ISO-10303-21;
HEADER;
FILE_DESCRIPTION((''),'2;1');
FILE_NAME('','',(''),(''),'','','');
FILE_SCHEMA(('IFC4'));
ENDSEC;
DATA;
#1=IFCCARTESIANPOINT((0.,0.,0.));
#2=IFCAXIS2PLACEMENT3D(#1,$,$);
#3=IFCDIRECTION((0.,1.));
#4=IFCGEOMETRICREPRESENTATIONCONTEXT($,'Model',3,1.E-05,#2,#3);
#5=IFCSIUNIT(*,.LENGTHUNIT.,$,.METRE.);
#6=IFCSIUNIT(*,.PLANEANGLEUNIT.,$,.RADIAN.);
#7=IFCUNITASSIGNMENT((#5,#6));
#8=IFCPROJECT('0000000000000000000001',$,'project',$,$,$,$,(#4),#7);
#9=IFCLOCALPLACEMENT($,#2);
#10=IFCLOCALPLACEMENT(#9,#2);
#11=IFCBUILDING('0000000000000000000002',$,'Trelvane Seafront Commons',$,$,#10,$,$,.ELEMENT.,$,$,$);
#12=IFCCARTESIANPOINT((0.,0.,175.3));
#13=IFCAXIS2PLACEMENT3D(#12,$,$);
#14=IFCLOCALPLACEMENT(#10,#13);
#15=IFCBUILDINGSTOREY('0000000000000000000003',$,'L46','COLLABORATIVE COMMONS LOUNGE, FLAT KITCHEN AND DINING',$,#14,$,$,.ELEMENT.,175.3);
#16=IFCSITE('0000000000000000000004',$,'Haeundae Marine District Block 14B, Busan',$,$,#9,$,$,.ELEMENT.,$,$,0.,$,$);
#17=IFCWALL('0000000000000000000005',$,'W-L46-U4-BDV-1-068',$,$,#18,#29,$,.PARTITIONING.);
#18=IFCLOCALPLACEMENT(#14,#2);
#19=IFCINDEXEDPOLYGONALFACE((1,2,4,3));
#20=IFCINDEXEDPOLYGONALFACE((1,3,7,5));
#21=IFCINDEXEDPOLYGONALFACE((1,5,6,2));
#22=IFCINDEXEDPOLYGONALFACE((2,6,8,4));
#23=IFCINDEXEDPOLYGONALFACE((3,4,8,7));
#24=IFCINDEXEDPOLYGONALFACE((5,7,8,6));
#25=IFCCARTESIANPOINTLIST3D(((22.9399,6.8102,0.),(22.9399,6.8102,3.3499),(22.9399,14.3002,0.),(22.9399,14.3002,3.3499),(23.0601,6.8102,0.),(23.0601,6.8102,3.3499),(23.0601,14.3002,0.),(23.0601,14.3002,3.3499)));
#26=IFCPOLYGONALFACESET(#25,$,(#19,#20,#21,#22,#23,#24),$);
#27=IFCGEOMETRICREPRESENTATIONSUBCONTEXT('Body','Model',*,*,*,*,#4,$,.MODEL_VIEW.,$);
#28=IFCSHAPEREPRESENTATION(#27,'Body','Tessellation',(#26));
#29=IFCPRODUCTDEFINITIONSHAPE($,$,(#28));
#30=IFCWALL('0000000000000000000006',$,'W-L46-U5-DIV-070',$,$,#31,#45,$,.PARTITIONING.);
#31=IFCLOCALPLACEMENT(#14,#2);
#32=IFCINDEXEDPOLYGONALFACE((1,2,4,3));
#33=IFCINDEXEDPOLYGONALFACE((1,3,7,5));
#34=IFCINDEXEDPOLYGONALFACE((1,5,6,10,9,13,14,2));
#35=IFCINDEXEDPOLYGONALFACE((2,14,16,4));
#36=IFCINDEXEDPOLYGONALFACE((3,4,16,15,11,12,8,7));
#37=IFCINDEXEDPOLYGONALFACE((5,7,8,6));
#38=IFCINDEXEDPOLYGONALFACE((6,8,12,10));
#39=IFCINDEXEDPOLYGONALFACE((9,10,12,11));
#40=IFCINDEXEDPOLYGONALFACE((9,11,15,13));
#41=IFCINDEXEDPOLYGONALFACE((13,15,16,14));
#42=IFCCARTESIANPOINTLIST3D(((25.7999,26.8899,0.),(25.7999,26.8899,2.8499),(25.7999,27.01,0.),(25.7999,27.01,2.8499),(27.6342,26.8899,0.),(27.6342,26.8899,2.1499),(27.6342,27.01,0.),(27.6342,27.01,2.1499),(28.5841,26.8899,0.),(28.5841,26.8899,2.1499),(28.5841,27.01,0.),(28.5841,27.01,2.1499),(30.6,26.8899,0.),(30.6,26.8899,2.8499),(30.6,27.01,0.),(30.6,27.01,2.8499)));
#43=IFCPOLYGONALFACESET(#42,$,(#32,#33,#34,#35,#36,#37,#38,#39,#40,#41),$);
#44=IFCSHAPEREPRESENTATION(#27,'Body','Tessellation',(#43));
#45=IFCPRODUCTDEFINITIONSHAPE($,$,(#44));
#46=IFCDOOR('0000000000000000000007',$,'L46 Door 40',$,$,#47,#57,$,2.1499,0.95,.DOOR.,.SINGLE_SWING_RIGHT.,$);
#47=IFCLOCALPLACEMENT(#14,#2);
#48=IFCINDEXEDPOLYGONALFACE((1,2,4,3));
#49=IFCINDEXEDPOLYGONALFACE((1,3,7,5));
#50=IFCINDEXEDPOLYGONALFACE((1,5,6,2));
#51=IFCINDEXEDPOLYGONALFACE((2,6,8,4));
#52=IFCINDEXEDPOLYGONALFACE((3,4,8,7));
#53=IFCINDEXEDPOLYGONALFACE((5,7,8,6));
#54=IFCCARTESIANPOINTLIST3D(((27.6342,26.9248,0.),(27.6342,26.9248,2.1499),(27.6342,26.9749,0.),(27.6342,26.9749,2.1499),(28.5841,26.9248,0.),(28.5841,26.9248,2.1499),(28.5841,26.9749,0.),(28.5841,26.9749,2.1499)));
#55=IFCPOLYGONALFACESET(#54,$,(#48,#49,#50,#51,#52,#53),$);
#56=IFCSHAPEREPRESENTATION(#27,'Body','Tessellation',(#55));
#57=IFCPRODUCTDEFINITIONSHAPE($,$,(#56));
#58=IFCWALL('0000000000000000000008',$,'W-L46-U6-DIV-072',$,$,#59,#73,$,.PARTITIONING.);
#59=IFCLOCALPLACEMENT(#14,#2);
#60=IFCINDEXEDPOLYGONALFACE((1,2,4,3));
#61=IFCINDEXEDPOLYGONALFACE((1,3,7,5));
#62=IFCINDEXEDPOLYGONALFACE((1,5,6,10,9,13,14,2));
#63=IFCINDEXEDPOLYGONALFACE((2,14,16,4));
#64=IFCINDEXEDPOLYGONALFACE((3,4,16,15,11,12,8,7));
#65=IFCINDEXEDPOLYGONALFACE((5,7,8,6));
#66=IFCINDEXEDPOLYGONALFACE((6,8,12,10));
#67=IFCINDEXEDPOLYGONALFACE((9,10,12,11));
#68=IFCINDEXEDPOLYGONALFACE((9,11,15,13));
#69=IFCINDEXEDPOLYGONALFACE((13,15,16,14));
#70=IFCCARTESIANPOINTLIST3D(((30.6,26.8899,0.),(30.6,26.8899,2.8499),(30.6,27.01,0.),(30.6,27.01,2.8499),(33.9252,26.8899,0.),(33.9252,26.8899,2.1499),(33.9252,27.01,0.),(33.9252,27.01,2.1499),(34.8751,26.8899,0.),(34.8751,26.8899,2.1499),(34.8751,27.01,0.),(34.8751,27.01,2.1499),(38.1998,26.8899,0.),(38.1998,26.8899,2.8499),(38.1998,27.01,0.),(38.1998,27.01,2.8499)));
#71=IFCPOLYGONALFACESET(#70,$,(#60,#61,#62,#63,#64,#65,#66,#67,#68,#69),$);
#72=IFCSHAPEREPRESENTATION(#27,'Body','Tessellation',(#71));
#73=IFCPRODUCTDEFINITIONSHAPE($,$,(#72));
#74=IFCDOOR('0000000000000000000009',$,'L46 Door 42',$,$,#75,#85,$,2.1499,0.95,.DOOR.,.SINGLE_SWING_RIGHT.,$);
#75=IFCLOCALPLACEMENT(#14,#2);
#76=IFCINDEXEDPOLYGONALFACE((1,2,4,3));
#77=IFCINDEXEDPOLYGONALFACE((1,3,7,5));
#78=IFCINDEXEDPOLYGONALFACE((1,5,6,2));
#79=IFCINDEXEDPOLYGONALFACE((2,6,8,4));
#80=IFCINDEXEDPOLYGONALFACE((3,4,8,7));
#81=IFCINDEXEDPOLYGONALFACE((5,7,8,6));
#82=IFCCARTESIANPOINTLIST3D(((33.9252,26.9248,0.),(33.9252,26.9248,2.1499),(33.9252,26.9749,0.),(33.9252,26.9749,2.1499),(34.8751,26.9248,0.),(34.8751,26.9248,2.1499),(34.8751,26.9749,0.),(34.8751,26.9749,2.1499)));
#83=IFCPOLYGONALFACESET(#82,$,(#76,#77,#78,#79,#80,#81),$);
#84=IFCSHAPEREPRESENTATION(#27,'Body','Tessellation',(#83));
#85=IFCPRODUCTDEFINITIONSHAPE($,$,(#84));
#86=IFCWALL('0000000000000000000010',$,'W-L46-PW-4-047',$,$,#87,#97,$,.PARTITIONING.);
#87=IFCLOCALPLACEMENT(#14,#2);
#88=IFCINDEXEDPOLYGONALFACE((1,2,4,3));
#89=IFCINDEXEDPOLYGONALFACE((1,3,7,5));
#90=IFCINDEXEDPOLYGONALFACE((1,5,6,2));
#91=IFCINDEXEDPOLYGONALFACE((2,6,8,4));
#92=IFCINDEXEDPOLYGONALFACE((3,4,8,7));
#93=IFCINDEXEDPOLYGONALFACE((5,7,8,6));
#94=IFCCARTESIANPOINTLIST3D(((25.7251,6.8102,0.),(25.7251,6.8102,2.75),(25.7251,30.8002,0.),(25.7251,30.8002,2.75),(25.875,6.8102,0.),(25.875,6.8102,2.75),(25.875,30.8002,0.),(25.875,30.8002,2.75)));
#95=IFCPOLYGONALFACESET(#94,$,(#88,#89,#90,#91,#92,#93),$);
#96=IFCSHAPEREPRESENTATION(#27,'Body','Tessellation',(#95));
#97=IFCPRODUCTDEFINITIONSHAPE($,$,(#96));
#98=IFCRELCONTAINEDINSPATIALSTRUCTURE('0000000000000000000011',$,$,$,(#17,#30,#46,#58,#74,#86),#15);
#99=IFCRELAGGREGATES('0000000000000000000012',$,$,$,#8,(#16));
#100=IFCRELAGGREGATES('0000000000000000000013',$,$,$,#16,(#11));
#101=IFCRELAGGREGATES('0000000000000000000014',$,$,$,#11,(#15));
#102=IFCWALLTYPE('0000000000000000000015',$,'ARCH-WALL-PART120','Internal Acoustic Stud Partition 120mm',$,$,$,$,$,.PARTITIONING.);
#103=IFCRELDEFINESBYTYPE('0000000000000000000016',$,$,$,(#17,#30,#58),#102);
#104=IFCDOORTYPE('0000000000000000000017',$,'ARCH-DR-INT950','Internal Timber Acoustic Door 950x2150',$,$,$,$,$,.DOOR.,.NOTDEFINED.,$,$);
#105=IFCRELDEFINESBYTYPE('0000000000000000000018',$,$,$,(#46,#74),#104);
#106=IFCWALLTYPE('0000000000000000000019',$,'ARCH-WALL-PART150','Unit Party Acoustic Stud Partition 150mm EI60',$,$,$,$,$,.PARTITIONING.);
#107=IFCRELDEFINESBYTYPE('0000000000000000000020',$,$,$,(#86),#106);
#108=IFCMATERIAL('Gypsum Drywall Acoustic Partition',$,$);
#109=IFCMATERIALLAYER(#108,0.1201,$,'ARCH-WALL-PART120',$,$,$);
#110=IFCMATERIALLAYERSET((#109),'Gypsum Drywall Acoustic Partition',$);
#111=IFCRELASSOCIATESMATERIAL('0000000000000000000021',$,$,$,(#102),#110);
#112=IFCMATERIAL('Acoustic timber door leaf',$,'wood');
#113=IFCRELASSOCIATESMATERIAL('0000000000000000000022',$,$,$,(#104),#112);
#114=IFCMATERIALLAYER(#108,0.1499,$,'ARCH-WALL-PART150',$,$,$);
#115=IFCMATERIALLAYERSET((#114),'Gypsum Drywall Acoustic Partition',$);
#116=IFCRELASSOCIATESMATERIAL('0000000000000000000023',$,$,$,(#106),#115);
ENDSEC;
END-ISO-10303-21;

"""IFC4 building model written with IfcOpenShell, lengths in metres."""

from ifc_helpers import new_model, si_unit, direction, frame, frame_2d, origin, place, context, subcontext, project, spatial, rectangle, extrude, source, transform, mapped, material, layer, layer_set, type_object, element, fill, save


model = new_model("IFC4")

# Units and contexts
model_context = context("Model", 3, precision=1e-05, world=origin(), true_north=direction((0.0, 1.0)))
body_context = subcontext(model_context, "Body", "Model", "MODEL_VIEW")
ifc_project = project(units=[si_unit("LENGTHUNIT", "METRE"), si_unit("PLANEANGLEUNIT", "RADIAN")], contexts=[model_context])

# Site, building, storey
site_placement = place(None, origin())
site = spatial("IfcSite", under=ifc_project, at=site_placement, Name="Haeundae Marine District Block 14B, Busan", CompositionType="ELEMENT", RefElevation=0.0)
building_placement = place(site_placement, origin())
building = spatial("IfcBuilding", under=site, at=building_placement, Name="Trelvane Seafront Commons", CompositionType="ELEMENT")
storey_placement = place(building_placement, frame((0.0, 0.0, 175.3)))
storey = spatial("IfcBuildingStorey", under=building, at=storey_placement, Name="L46", Description="COLLABORATIVE COMMONS LOUNGE, FLAT KITCHEN AND DINING", CompositionType="ELEMENT", Elevation=175.3)

# Shared definitions
ifc_material_1 = material(Name="Gypsum Drywall Acoustic Partition")
ifc_layer_1 = layer(ifc_material_1, 0.1201, Name="ARCH-WALL-PART120")
ifc_layer_set_1 = layer_set([ifc_layer_1], Name="Gypsum Drywall Acoustic Partition")
wall_type_1 = type_object("IfcWallType", Name="ARCH-WALL-PART120", Description="Internal Acoustic Stud Partition 120mm", PredefinedType="PARTITIONING", material=ifc_layer_set_1)
ifc_material_2 = material(Name="Acoustic timber door leaf", Category="wood")
door_type = type_object("IfcDoorType", Name="ARCH-DR-INT950", Description="Internal Timber Acoustic Door 950x2150", OperationType="NOTDEFINED", PredefinedType="DOOR", material=ifc_material_2)
shared_shape_1 = source(origin(), body_context, "Body", "SweptSolid", [
    extrude(rectangle(XDim=0.95, YDim=2.1499, at=frame_2d((0.4751, 1.075))), frame((0.0, 0.0249, 0.0), z_axis=(0.0, -1.0, 0.0), x_axis=(1.0, 0.0, 0.0)), (0.0, 0.0, 1.0), 0.05),
])

# Wall
wall_1_placement = place(storey_placement, frame((23.0, 6.8101, 0.0), z_axis=(0.0, 0.0, 1.0), x_axis=(0.0, 1.0, 0.0)))
element("IfcWall", 1, at=wall_1_placement, inside=storey, type_object=wall_type_1, Name="W-L46-U4-BDV-1-068", PredefinedType="PARTITIONING", context=body_context, shape_type="SweptSolid", body=[
    extrude(rectangle(XDim=7.49, YDim=0.1201, at=frame_2d((3.7451, 0.0))), origin(), (0.0, 0.0, 1.0), 3.3499),
])

# Walls, openings, doors
wall_2_placement = place(storey_placement, frame((25.8, 26.95, 0.0), z_axis=(0.0, 0.0, 1.0), x_axis=(1.0, 0.0, 0.0)))
wall_2 = element("IfcWall", 2, at=wall_2_placement, inside=storey, type_object=wall_type_1, Name="W-L46-U5-DIV-070", PredefinedType="PARTITIONING", context=body_context, shape_type="SweptSolid", body=[
    extrude(rectangle(XDim=4.8, YDim=0.1201, at=frame_2d((2.3999, 0.0))), origin(), (0.0, 0.0, 1.0), 2.8499),
])
opening_1_placement = place(wall_2_placement, frame((1.834, 0.0, 0.0)))
opening_1 = element("IfcOpeningElement", 3, at=opening_1_placement, cuts=wall_2, PredefinedType="OPENING", context=body_context, shape_type="SweptSolid", body=[
    extrude(rectangle(XDim=0.95, YDim=2.1499, at=frame_2d((0.4751, 1.075))), frame((0.0, 0.0701, 0.0), z_axis=(0.0, -1.0, 0.0), x_axis=(1.0, 0.0, 0.0)), (0.0, 0.0, 1.0), 0.1401),
])
door_1_placement = place(opening_1_placement, origin())
door_1 = element("IfcDoor", 4, at=door_1_placement, inside=storey, type_object=door_type, Name="L46 Door 40", OperationType="SINGLE_SWING_RIGHT", OverallHeight=2.1499, OverallWidth=0.95, PredefinedType="DOOR", context=body_context, shape_type="MappedRepresentation", body=[
    mapped(shared_shape_1, transform((0.0, 0.0, 0.0), x_axis=(1.0, 0.0, 0.0), y_axis=(0.0, 1.0, 0.0), z_axis=(0.0, 0.0, 1.0), scale=1.0)),
])
fill(opening_1, door_1)
wall_3_placement = place(storey_placement, frame((30.6001, 26.95, 0.0), z_axis=(0.0, 0.0, 1.0), x_axis=(1.0, 0.0, 0.0)))
wall_3 = element("IfcWall", 5, at=wall_3_placement, inside=storey, type_object=wall_type_1, Name="W-L46-U6-DIV-072", PredefinedType="PARTITIONING", context=body_context, shape_type="SweptSolid", body=[
    extrude(rectangle(XDim=7.5999, YDim=0.1201, at=frame_2d((3.7998, 0.0))), origin(), (0.0, 0.0, 1.0), 2.8499),
])
opening_2_placement = place(wall_3_placement, frame((3.325, 0.0, 0.0)))
opening_2 = element("IfcOpeningElement", 6, at=opening_2_placement, cuts=wall_3, PredefinedType="OPENING", context=body_context, shape_type="SweptSolid", body=[
    extrude(rectangle(XDim=0.95, YDim=2.1499, at=frame_2d((0.4751, 1.075))), frame((0.0, 0.0701, 0.0), z_axis=(0.0, -1.0, 0.0), x_axis=(1.0, 0.0, 0.0)), (0.0, 0.0, 1.0), 0.1401),
])
door_2_placement = place(opening_2_placement, origin())
door_2 = element("IfcDoor", 7, at=door_2_placement, inside=storey, type_object=door_type, Name="L46 Door 42", OperationType="SINGLE_SWING_RIGHT", OverallHeight=2.1499, OverallWidth=0.95, PredefinedType="DOOR", context=body_context, shape_type="MappedRepresentation", body=[
    mapped(shared_shape_1, transform((0.0, 0.0, 0.0), x_axis=(1.0, 0.0, 0.0), y_axis=(0.0, 1.0, 0.0), z_axis=(0.0, 0.0, 1.0), scale=1.0)),
])
fill(opening_2, door_2)

# Wall
ifc_layer_2 = layer(ifc_material_1, 0.1499, Name="ARCH-WALL-PART150")
ifc_layer_set_2 = layer_set([ifc_layer_2], Name="Gypsum Drywall Acoustic Partition")
wall_type_2 = type_object("IfcWallType", Name="ARCH-WALL-PART150", Description="Unit Party Acoustic Stud Partition 150mm EI60", PredefinedType="PARTITIONING", material=ifc_layer_set_2)
wall_4_placement = place(storey_placement, frame((25.8, 6.8101, 0.0), z_axis=(0.0, 0.0, 1.0), x_axis=(0.0, 1.0, 0.0)))
element("IfcWall", 8, at=wall_4_placement, inside=storey, type_object=wall_type_2, Name="W-L46-PW-4-047", PredefinedType="PARTITIONING", context=body_context, shape_type="SweptSolid", body=[
    extrude(rectangle(XDim=23.99, YDim=0.1499, at=frame_2d((11.9951, 0.0))), origin(), (0.0, 0.0, 1.0), 2.75),
])

save(model, "model.ifc")
